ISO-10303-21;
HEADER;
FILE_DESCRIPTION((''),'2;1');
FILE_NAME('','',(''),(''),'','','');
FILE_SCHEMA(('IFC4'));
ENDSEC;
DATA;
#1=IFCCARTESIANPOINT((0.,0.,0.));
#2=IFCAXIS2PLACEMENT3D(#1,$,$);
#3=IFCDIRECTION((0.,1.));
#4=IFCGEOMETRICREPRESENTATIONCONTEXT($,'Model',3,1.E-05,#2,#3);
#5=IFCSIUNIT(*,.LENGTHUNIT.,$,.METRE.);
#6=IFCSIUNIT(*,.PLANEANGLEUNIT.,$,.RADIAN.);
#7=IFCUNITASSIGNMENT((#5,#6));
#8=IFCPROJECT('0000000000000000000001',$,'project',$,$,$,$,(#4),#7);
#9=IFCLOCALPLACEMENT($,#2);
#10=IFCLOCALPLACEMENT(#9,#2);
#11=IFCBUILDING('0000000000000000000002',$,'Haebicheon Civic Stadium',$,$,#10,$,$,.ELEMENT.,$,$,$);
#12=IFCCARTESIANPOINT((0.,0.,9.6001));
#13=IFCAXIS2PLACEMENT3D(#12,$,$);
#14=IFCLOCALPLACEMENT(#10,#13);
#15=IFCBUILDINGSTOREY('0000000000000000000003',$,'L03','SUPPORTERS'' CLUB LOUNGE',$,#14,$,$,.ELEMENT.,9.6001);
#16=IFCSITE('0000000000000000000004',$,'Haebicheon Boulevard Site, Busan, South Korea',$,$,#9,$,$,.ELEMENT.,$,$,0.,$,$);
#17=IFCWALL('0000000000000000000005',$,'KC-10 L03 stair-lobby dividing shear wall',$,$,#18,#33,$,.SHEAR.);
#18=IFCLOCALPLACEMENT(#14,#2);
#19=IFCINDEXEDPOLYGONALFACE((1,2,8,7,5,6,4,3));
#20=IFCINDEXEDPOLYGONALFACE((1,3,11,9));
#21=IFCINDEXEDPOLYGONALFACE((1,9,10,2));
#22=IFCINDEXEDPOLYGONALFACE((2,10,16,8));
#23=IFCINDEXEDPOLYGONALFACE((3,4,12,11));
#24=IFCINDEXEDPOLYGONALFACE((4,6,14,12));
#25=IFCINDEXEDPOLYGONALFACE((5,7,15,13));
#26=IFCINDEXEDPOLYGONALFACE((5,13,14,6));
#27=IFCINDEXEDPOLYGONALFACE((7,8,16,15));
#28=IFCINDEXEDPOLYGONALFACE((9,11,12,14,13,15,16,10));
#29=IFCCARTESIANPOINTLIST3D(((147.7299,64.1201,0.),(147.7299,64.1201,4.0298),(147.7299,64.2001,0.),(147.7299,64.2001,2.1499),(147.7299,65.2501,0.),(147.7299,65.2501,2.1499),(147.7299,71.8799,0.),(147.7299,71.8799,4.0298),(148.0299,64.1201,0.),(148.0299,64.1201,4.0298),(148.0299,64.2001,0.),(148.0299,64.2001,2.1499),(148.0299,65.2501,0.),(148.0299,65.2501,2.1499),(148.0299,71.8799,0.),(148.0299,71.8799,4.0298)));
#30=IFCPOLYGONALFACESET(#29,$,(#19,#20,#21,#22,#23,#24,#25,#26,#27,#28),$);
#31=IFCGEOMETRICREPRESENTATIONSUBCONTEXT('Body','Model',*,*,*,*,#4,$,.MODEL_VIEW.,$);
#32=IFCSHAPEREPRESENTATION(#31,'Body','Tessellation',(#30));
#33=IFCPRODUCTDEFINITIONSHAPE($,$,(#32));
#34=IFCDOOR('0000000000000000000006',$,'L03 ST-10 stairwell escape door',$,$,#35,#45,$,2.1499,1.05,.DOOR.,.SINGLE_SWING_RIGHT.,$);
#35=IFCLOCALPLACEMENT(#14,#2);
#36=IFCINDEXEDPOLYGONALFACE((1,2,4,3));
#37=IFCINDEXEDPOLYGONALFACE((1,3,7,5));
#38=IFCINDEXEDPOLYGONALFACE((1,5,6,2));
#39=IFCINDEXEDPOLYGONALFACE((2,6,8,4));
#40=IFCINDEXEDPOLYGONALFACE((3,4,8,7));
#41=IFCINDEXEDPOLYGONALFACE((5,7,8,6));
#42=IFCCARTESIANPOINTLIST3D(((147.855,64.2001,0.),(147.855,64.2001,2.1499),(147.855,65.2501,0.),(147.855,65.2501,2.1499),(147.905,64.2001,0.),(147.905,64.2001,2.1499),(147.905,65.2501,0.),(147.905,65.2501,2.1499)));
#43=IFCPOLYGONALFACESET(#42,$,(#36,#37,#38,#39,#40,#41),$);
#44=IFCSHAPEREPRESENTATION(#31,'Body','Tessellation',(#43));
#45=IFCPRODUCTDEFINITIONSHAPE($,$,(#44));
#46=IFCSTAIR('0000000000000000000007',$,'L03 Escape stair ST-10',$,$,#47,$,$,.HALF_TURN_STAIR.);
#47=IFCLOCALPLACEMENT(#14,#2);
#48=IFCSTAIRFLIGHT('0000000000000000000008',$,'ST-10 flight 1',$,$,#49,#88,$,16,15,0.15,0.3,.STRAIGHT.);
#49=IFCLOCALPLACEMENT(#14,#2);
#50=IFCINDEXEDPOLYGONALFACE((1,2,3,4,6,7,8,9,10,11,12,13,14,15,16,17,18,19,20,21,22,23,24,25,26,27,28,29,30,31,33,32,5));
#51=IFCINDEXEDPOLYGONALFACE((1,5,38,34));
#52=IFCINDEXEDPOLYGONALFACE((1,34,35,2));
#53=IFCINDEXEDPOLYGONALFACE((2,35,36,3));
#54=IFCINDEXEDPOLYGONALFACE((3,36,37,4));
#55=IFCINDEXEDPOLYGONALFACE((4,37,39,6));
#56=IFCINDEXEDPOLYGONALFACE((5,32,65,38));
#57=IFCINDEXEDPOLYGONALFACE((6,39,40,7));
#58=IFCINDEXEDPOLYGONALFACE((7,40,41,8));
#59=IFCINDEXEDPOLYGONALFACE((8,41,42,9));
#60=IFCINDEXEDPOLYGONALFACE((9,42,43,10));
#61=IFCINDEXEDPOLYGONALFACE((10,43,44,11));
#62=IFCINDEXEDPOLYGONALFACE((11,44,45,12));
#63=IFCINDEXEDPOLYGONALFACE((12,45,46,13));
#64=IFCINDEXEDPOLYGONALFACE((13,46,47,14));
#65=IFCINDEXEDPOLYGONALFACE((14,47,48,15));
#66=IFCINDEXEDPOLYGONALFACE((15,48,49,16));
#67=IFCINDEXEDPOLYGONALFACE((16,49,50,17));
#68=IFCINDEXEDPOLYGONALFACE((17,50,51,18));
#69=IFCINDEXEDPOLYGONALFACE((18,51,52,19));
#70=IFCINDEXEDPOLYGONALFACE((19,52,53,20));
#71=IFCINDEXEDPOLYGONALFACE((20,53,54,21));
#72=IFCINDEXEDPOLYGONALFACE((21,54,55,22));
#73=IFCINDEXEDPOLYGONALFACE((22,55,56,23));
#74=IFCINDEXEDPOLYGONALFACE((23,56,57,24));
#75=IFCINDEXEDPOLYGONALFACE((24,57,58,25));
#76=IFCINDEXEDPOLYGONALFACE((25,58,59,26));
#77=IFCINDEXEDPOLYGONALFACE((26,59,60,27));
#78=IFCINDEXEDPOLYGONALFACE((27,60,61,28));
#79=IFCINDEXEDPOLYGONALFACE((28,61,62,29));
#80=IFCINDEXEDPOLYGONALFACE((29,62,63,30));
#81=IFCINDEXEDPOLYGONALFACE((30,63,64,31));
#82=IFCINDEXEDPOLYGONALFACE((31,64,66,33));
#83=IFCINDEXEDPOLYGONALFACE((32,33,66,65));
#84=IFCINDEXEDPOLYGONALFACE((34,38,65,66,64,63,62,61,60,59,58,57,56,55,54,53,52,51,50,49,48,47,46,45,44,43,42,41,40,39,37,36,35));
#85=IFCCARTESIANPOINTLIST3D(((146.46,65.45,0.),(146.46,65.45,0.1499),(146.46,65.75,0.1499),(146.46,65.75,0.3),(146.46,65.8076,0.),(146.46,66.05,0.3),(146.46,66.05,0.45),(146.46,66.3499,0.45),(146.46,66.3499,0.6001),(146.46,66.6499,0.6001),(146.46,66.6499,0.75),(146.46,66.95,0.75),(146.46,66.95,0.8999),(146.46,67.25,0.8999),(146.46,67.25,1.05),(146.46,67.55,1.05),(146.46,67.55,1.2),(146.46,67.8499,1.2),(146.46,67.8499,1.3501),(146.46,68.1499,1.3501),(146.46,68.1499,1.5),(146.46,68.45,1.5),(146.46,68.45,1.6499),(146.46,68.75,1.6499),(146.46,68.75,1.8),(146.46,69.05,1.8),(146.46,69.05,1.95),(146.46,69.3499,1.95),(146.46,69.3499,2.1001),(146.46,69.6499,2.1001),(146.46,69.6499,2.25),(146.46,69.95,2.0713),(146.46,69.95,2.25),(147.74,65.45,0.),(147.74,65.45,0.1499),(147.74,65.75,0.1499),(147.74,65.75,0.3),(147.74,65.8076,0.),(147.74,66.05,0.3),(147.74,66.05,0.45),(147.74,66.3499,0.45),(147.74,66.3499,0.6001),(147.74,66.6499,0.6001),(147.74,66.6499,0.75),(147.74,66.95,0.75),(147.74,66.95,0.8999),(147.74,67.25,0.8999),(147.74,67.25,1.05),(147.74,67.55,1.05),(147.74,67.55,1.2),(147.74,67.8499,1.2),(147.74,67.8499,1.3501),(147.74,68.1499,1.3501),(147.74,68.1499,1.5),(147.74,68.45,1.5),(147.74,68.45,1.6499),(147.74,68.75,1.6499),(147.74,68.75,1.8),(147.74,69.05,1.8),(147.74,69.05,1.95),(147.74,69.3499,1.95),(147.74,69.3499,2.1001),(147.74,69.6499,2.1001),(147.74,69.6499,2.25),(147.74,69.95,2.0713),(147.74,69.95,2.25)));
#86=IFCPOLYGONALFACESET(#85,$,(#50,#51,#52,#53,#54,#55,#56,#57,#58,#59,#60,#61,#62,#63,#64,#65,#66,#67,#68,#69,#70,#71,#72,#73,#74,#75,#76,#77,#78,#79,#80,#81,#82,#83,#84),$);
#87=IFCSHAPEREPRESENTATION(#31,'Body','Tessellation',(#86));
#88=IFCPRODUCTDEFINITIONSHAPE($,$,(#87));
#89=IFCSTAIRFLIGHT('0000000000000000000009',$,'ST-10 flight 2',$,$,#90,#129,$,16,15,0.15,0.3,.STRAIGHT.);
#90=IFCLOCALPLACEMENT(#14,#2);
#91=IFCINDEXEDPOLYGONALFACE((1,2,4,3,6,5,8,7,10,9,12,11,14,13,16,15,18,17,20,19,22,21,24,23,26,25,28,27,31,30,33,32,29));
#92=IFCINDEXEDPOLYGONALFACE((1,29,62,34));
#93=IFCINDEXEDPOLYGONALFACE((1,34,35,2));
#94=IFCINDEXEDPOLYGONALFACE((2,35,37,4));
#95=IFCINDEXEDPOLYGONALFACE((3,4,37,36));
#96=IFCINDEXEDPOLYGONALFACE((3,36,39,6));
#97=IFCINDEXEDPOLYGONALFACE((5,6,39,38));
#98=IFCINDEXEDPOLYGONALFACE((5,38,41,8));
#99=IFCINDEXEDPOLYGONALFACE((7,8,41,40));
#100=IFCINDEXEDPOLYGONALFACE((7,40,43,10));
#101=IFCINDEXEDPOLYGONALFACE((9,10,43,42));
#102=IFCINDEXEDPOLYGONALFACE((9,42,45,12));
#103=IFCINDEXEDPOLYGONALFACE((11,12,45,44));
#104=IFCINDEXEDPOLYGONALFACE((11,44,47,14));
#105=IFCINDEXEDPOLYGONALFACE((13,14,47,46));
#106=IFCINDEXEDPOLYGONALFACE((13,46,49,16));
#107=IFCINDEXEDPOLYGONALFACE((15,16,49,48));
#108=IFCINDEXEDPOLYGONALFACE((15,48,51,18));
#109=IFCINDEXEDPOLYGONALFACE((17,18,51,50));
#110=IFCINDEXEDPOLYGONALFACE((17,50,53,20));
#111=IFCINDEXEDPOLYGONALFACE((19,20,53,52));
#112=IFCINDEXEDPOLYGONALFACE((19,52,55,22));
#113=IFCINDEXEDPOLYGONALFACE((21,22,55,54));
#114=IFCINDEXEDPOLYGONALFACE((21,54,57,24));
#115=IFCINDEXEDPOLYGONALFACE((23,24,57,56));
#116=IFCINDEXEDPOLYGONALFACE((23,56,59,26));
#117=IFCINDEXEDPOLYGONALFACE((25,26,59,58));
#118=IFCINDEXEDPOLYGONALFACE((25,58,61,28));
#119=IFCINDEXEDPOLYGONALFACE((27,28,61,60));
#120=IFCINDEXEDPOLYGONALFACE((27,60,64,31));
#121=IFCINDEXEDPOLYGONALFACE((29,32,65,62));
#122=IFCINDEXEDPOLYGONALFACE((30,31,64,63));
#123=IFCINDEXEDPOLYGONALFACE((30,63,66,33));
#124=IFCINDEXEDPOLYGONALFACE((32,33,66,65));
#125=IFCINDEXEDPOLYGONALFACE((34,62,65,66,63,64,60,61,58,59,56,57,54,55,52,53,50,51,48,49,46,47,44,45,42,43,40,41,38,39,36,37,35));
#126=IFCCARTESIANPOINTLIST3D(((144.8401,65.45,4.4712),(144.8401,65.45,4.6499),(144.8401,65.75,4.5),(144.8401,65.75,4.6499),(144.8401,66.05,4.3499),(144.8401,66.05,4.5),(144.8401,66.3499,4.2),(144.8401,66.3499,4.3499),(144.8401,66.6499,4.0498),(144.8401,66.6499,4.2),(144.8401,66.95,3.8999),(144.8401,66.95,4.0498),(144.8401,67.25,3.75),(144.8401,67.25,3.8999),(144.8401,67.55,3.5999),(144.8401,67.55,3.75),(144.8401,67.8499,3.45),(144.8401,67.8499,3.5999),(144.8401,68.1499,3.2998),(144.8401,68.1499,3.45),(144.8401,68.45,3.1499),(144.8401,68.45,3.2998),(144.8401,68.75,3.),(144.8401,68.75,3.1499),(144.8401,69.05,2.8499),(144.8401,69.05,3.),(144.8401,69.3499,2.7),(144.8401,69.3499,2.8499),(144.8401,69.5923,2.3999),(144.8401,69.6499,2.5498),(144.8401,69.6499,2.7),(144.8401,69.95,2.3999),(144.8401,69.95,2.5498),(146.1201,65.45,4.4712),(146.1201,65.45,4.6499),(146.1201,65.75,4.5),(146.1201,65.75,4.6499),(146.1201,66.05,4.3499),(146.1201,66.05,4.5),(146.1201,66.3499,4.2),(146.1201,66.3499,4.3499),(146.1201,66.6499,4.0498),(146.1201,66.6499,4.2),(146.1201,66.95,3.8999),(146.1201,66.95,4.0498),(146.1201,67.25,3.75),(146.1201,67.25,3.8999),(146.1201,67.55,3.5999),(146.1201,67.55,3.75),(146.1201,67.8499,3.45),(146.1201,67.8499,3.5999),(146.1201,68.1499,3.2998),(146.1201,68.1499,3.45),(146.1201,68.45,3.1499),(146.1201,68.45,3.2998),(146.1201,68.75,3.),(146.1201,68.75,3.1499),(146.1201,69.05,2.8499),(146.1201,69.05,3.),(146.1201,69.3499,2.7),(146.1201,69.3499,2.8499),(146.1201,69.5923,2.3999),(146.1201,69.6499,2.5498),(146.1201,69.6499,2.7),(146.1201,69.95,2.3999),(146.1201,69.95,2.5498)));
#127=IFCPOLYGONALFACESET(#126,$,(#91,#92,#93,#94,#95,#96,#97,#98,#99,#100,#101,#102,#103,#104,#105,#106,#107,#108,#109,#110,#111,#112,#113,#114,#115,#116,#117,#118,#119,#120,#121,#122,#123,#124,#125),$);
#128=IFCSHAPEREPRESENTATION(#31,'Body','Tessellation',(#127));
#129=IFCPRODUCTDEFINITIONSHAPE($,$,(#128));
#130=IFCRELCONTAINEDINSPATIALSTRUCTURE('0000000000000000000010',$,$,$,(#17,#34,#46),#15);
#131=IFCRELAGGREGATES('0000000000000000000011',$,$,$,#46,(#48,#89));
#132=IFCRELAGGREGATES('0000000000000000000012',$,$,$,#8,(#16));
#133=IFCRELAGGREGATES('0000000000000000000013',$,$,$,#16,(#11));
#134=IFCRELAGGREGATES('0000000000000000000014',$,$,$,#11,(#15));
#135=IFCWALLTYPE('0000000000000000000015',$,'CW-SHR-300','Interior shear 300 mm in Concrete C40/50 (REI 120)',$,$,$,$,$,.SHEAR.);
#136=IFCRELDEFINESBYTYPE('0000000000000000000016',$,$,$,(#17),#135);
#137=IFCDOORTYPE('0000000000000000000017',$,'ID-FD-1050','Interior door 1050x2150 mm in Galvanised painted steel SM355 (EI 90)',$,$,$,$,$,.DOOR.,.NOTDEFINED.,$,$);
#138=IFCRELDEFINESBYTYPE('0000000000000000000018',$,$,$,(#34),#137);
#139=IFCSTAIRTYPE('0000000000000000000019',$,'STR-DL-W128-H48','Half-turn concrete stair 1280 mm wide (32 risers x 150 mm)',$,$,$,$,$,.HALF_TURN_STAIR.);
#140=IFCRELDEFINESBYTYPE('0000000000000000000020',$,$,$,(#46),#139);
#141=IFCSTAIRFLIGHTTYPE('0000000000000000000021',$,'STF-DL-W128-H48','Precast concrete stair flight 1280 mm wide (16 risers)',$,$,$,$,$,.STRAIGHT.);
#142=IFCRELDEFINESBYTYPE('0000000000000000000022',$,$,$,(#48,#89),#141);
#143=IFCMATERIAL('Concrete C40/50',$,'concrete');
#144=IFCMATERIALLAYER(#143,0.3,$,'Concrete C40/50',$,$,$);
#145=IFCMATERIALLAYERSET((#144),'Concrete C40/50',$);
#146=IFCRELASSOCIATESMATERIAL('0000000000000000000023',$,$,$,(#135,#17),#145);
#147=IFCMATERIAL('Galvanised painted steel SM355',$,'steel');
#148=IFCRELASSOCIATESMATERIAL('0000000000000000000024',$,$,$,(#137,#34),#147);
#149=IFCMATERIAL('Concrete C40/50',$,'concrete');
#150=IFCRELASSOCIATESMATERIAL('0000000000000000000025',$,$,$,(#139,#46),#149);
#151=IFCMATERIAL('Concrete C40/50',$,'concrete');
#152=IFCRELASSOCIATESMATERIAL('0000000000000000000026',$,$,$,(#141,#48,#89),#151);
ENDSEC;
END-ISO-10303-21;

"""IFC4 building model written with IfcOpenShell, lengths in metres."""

from ifc_helpers import new_model, si_unit, direction, frame, frame_2d, origin, place, context, subcontext, project, spatial, polyline, rectangle, outline, extrude, material, layer, layer_set, type_object, element, fill, aggregate, save


model = new_model("IFC4")

# Units and contexts
model_context = context("Model", 3, precision=1e-05, world=origin(), true_north=direction((0.0, 1.0)))
body_context = subcontext(model_context, "Body", "Model", "MODEL_VIEW")
ifc_project = project(units=[si_unit("LENGTHUNIT", "METRE"), si_unit("PLANEANGLEUNIT", "RADIAN")], contexts=[model_context])

# Site, building, storey
site_placement = place(None, origin())
site = spatial("IfcSite", under=ifc_project, at=site_placement, Name="Haebicheon Boulevard Site, Busan, South Korea", CompositionType="ELEMENT", RefElevation=0.0)
building_placement = place(site_placement, origin())
building = spatial("IfcBuilding", under=site, at=building_placement, Name="Haebicheon Civic Stadium", CompositionType="ELEMENT")
storey_placement = place(building_placement, frame((0.0, 0.0, 9.6001)))
storey = spatial("IfcBuildingStorey", under=building, at=storey_placement, Name="L03", Description="SUPPORTERS' CLUB LOUNGE", CompositionType="ELEMENT", Elevation=9.6001)

# Wall, opening, door
ifc_material_1 = material(Name="Concrete C40/50", Category="concrete")
ifc_layer = layer(ifc_material_1, 0.3, Name="Concrete C40/50")
ifc_layer_set = layer_set([ifc_layer], Name="Concrete C40/50")
wall_type = type_object("IfcWallType", Name="CW-SHR-300", Description="Interior shear 300 mm in Concrete C40/50 (REI 120)", PredefinedType="SHEAR", material=ifc_layer_set)
wall_1_placement = place(storey_placement, frame((147.8799, 64.1201, 0.0), z_axis=(0.0, 0.0, 1.0), x_axis=(0.0, 1.0, 0.0)))
wall_1 = element("IfcWall", 1, at=wall_1_placement, inside=storey, type_object=wall_type, material=ifc_layer_set, Name="KC-10 L03 stair-lobby dividing shear wall", PredefinedType="SHEAR", context=body_context, shape_type="SweptSolid", body=[
    extrude(rectangle(XDim=7.7598, YDim=0.3, at=frame_2d((3.8799, 0.0))), origin(), (0.0, 0.0, 1.0), 4.0298),
])
opening_1_placement = place(wall_1_placement, frame((0.0801, 0.0, 0.0)))
opening_1 = element("IfcOpeningElement", 2, at=opening_1_placement, cuts=wall_1, PredefinedType="OPENING", context=body_context, shape_type="SweptSolid", body=[
    extrude(rectangle(XDim=1.05, YDim=2.1499, at=frame_2d((0.5249, 1.075))), frame((0.0, 0.1599, 0.0), z_axis=(0.0, -1.0, 0.0), x_axis=(1.0, 0.0, 0.0)), (0.0, 0.0, 1.0), 0.3201),
])
ifc_material_2 = material(Name="Galvanised painted steel SM355", Category="steel")
door_type_1 = type_object("IfcDoorType", Name="ID-FD-1050", Description="Interior door 1050x2150 mm in Galvanised painted steel SM355 (EI 90)", OperationType="NOTDEFINED", PredefinedType="DOOR", material=ifc_material_2)
door_1_placement = place(opening_1_placement, origin())
door_1 = element("IfcDoor", 3, at=door_1_placement, inside=storey, type_object=door_type_1, material=ifc_material_2, Name="L03 ST-10 stairwell escape door", OperationType="SINGLE_SWING_RIGHT", OverallHeight=2.1499, OverallWidth=1.05, PredefinedType="DOOR", context=body_context, shape_type="SweptSolid", body=[
    extrude(rectangle(XDim=1.05, YDim=2.1499, at=frame_2d((0.5249, 1.075))), frame((0.0, 0.0249, 0.0), z_axis=(0.0, -1.0, 0.0), x_axis=(1.0, 0.0, 0.0)), (0.0, 0.0, 1.0), 0.05),
])
fill(opening_1, door_1)

# Stair, stair flights
ifc_material_3 = material(Name="Concrete C40/50", Category="concrete")
stair_type = type_object("IfcStairType", Name="STR-DL-W128-H48", Description="Half-turn concrete stair 1280 mm wide (32 risers x 150 mm)", PredefinedType="HALF_TURN_STAIR", material=ifc_material_3)
stair_placement = place(storey_placement, origin())
stair = element("IfcStair", 4, at=stair_placement, inside=storey, type_object=stair_type, material=ifc_material_3, Name="L03 Escape stair ST-10", PredefinedType="HALF_TURN_STAIR")
ifc_material_4 = material(Name="Concrete C40/50", Category="concrete")
stair_flight_type = type_object("IfcStairFlightType", Name="STF-DL-W128-H48", Description="Precast concrete stair flight 1280 mm wide (16 risers)", PredefinedType="STRAIGHT", material=ifc_material_4)
stair_flight_1_placement = place(storey_placement, frame((147.1001, 65.45, 0.0), z_axis=(0.0, 0.0, 1.0), x_axis=(0.0, 1.0, 0.0)))
stair_flight_1 = element("IfcStairFlight", 5, at=stair_flight_1_placement, type_object=stair_flight_type, material=ifc_material_4, Name="ST-10 flight 1", NumberOfRisers=16, NumberOfTreads=15, PredefinedType="STRAIGHT", RiserHeight=0.15, TreadLength=0.3, context=body_context, shape_type="SweptSolid", body=[
    extrude(outline(polyline([(0.0, 0.0), (0.0, 0.1499), (0.3, 0.1499), (0.3, 0.3), (0.6001, 0.3), (0.6001, 0.45), (0.8999, 0.45), (0.8999, 0.6001), (1.2, 0.6001), (1.2, 0.75), (1.5, 0.75), (1.5, 0.8999), (1.8, 0.8999), (1.8, 1.05), (2.1001, 1.05), (2.1001, 1.2), (2.3999, 1.2), (2.3999, 1.3501), (2.7, 1.3501), (2.7, 1.5), (3.0, 1.5), (3.0, 1.6499), (3.3, 1.6499), (3.3, 1.8), (3.6001, 1.8), (3.6001, 1.95), (3.8999, 1.95), (3.8999, 2.1001), (4.2, 2.1001), (4.2, 2.25), (4.5, 2.25), (4.5, 2.3999), (4.5, 2.0713), (0.3577, 0.0), (0.0, 0.0)])), frame((0.0, 0.6401, 0.0), z_axis=(0.0, -1.0, 0.0), x_axis=(1.0, 0.0, 0.0)), (0.0, 0.0, 1.0), 1.28),
])
stair_flight_2_placement = place(storey_placement, frame((145.48, 69.95, 2.3999), z_axis=(0.0, 0.0, 1.0), x_axis=(0.0, -1.0, 0.0)))
stair_flight_2 = element("IfcStairFlight", 6, at=stair_flight_2_placement, type_object=stair_flight_type, material=ifc_material_4, Name="ST-10 flight 2", NumberOfRisers=16, NumberOfTreads=15, PredefinedType="STRAIGHT", RiserHeight=0.15, TreadLength=0.3, context=body_context, shape_type="SweptSolid", body=[
    extrude(outline(polyline([(0.0, 0.0), (0.0, 0.1499), (0.3, 0.1499), (0.3, 0.3), (0.6001, 0.3), (0.6001, 0.45), (0.8999, 0.45), (0.8999, 0.6001), (1.2, 0.6001), (1.2, 0.75), (1.5, 0.75), (1.5, 0.8999), (1.8, 0.8999), (1.8, 1.05), (2.1001, 1.05), (2.1001, 1.2), (2.3999, 1.2), (2.3999, 1.3501), (2.7, 1.3501), (2.7, 1.5), (3.0, 1.5), (3.0, 1.6499), (3.3, 1.6499), (3.3, 1.8), (3.6001, 1.8), (3.6001, 1.95), (3.8999, 1.95), (3.8999, 2.1001), (4.2, 2.1001), (4.2, 2.25), (4.5, 2.25), (4.5, 2.3999), (4.5, 2.0713), (0.3577, 0.0), (0.0, 0.0)])), frame((0.0, 0.6401, 0.0), z_axis=(0.0, -1.0, 0.0), x_axis=(1.0, 0.0, 0.0)), (0.0, 0.0, 1.0), 1.28),
])
aggregate(stair, [stair_flight_1, stair_flight_2])

save(model, "model.ifc")
